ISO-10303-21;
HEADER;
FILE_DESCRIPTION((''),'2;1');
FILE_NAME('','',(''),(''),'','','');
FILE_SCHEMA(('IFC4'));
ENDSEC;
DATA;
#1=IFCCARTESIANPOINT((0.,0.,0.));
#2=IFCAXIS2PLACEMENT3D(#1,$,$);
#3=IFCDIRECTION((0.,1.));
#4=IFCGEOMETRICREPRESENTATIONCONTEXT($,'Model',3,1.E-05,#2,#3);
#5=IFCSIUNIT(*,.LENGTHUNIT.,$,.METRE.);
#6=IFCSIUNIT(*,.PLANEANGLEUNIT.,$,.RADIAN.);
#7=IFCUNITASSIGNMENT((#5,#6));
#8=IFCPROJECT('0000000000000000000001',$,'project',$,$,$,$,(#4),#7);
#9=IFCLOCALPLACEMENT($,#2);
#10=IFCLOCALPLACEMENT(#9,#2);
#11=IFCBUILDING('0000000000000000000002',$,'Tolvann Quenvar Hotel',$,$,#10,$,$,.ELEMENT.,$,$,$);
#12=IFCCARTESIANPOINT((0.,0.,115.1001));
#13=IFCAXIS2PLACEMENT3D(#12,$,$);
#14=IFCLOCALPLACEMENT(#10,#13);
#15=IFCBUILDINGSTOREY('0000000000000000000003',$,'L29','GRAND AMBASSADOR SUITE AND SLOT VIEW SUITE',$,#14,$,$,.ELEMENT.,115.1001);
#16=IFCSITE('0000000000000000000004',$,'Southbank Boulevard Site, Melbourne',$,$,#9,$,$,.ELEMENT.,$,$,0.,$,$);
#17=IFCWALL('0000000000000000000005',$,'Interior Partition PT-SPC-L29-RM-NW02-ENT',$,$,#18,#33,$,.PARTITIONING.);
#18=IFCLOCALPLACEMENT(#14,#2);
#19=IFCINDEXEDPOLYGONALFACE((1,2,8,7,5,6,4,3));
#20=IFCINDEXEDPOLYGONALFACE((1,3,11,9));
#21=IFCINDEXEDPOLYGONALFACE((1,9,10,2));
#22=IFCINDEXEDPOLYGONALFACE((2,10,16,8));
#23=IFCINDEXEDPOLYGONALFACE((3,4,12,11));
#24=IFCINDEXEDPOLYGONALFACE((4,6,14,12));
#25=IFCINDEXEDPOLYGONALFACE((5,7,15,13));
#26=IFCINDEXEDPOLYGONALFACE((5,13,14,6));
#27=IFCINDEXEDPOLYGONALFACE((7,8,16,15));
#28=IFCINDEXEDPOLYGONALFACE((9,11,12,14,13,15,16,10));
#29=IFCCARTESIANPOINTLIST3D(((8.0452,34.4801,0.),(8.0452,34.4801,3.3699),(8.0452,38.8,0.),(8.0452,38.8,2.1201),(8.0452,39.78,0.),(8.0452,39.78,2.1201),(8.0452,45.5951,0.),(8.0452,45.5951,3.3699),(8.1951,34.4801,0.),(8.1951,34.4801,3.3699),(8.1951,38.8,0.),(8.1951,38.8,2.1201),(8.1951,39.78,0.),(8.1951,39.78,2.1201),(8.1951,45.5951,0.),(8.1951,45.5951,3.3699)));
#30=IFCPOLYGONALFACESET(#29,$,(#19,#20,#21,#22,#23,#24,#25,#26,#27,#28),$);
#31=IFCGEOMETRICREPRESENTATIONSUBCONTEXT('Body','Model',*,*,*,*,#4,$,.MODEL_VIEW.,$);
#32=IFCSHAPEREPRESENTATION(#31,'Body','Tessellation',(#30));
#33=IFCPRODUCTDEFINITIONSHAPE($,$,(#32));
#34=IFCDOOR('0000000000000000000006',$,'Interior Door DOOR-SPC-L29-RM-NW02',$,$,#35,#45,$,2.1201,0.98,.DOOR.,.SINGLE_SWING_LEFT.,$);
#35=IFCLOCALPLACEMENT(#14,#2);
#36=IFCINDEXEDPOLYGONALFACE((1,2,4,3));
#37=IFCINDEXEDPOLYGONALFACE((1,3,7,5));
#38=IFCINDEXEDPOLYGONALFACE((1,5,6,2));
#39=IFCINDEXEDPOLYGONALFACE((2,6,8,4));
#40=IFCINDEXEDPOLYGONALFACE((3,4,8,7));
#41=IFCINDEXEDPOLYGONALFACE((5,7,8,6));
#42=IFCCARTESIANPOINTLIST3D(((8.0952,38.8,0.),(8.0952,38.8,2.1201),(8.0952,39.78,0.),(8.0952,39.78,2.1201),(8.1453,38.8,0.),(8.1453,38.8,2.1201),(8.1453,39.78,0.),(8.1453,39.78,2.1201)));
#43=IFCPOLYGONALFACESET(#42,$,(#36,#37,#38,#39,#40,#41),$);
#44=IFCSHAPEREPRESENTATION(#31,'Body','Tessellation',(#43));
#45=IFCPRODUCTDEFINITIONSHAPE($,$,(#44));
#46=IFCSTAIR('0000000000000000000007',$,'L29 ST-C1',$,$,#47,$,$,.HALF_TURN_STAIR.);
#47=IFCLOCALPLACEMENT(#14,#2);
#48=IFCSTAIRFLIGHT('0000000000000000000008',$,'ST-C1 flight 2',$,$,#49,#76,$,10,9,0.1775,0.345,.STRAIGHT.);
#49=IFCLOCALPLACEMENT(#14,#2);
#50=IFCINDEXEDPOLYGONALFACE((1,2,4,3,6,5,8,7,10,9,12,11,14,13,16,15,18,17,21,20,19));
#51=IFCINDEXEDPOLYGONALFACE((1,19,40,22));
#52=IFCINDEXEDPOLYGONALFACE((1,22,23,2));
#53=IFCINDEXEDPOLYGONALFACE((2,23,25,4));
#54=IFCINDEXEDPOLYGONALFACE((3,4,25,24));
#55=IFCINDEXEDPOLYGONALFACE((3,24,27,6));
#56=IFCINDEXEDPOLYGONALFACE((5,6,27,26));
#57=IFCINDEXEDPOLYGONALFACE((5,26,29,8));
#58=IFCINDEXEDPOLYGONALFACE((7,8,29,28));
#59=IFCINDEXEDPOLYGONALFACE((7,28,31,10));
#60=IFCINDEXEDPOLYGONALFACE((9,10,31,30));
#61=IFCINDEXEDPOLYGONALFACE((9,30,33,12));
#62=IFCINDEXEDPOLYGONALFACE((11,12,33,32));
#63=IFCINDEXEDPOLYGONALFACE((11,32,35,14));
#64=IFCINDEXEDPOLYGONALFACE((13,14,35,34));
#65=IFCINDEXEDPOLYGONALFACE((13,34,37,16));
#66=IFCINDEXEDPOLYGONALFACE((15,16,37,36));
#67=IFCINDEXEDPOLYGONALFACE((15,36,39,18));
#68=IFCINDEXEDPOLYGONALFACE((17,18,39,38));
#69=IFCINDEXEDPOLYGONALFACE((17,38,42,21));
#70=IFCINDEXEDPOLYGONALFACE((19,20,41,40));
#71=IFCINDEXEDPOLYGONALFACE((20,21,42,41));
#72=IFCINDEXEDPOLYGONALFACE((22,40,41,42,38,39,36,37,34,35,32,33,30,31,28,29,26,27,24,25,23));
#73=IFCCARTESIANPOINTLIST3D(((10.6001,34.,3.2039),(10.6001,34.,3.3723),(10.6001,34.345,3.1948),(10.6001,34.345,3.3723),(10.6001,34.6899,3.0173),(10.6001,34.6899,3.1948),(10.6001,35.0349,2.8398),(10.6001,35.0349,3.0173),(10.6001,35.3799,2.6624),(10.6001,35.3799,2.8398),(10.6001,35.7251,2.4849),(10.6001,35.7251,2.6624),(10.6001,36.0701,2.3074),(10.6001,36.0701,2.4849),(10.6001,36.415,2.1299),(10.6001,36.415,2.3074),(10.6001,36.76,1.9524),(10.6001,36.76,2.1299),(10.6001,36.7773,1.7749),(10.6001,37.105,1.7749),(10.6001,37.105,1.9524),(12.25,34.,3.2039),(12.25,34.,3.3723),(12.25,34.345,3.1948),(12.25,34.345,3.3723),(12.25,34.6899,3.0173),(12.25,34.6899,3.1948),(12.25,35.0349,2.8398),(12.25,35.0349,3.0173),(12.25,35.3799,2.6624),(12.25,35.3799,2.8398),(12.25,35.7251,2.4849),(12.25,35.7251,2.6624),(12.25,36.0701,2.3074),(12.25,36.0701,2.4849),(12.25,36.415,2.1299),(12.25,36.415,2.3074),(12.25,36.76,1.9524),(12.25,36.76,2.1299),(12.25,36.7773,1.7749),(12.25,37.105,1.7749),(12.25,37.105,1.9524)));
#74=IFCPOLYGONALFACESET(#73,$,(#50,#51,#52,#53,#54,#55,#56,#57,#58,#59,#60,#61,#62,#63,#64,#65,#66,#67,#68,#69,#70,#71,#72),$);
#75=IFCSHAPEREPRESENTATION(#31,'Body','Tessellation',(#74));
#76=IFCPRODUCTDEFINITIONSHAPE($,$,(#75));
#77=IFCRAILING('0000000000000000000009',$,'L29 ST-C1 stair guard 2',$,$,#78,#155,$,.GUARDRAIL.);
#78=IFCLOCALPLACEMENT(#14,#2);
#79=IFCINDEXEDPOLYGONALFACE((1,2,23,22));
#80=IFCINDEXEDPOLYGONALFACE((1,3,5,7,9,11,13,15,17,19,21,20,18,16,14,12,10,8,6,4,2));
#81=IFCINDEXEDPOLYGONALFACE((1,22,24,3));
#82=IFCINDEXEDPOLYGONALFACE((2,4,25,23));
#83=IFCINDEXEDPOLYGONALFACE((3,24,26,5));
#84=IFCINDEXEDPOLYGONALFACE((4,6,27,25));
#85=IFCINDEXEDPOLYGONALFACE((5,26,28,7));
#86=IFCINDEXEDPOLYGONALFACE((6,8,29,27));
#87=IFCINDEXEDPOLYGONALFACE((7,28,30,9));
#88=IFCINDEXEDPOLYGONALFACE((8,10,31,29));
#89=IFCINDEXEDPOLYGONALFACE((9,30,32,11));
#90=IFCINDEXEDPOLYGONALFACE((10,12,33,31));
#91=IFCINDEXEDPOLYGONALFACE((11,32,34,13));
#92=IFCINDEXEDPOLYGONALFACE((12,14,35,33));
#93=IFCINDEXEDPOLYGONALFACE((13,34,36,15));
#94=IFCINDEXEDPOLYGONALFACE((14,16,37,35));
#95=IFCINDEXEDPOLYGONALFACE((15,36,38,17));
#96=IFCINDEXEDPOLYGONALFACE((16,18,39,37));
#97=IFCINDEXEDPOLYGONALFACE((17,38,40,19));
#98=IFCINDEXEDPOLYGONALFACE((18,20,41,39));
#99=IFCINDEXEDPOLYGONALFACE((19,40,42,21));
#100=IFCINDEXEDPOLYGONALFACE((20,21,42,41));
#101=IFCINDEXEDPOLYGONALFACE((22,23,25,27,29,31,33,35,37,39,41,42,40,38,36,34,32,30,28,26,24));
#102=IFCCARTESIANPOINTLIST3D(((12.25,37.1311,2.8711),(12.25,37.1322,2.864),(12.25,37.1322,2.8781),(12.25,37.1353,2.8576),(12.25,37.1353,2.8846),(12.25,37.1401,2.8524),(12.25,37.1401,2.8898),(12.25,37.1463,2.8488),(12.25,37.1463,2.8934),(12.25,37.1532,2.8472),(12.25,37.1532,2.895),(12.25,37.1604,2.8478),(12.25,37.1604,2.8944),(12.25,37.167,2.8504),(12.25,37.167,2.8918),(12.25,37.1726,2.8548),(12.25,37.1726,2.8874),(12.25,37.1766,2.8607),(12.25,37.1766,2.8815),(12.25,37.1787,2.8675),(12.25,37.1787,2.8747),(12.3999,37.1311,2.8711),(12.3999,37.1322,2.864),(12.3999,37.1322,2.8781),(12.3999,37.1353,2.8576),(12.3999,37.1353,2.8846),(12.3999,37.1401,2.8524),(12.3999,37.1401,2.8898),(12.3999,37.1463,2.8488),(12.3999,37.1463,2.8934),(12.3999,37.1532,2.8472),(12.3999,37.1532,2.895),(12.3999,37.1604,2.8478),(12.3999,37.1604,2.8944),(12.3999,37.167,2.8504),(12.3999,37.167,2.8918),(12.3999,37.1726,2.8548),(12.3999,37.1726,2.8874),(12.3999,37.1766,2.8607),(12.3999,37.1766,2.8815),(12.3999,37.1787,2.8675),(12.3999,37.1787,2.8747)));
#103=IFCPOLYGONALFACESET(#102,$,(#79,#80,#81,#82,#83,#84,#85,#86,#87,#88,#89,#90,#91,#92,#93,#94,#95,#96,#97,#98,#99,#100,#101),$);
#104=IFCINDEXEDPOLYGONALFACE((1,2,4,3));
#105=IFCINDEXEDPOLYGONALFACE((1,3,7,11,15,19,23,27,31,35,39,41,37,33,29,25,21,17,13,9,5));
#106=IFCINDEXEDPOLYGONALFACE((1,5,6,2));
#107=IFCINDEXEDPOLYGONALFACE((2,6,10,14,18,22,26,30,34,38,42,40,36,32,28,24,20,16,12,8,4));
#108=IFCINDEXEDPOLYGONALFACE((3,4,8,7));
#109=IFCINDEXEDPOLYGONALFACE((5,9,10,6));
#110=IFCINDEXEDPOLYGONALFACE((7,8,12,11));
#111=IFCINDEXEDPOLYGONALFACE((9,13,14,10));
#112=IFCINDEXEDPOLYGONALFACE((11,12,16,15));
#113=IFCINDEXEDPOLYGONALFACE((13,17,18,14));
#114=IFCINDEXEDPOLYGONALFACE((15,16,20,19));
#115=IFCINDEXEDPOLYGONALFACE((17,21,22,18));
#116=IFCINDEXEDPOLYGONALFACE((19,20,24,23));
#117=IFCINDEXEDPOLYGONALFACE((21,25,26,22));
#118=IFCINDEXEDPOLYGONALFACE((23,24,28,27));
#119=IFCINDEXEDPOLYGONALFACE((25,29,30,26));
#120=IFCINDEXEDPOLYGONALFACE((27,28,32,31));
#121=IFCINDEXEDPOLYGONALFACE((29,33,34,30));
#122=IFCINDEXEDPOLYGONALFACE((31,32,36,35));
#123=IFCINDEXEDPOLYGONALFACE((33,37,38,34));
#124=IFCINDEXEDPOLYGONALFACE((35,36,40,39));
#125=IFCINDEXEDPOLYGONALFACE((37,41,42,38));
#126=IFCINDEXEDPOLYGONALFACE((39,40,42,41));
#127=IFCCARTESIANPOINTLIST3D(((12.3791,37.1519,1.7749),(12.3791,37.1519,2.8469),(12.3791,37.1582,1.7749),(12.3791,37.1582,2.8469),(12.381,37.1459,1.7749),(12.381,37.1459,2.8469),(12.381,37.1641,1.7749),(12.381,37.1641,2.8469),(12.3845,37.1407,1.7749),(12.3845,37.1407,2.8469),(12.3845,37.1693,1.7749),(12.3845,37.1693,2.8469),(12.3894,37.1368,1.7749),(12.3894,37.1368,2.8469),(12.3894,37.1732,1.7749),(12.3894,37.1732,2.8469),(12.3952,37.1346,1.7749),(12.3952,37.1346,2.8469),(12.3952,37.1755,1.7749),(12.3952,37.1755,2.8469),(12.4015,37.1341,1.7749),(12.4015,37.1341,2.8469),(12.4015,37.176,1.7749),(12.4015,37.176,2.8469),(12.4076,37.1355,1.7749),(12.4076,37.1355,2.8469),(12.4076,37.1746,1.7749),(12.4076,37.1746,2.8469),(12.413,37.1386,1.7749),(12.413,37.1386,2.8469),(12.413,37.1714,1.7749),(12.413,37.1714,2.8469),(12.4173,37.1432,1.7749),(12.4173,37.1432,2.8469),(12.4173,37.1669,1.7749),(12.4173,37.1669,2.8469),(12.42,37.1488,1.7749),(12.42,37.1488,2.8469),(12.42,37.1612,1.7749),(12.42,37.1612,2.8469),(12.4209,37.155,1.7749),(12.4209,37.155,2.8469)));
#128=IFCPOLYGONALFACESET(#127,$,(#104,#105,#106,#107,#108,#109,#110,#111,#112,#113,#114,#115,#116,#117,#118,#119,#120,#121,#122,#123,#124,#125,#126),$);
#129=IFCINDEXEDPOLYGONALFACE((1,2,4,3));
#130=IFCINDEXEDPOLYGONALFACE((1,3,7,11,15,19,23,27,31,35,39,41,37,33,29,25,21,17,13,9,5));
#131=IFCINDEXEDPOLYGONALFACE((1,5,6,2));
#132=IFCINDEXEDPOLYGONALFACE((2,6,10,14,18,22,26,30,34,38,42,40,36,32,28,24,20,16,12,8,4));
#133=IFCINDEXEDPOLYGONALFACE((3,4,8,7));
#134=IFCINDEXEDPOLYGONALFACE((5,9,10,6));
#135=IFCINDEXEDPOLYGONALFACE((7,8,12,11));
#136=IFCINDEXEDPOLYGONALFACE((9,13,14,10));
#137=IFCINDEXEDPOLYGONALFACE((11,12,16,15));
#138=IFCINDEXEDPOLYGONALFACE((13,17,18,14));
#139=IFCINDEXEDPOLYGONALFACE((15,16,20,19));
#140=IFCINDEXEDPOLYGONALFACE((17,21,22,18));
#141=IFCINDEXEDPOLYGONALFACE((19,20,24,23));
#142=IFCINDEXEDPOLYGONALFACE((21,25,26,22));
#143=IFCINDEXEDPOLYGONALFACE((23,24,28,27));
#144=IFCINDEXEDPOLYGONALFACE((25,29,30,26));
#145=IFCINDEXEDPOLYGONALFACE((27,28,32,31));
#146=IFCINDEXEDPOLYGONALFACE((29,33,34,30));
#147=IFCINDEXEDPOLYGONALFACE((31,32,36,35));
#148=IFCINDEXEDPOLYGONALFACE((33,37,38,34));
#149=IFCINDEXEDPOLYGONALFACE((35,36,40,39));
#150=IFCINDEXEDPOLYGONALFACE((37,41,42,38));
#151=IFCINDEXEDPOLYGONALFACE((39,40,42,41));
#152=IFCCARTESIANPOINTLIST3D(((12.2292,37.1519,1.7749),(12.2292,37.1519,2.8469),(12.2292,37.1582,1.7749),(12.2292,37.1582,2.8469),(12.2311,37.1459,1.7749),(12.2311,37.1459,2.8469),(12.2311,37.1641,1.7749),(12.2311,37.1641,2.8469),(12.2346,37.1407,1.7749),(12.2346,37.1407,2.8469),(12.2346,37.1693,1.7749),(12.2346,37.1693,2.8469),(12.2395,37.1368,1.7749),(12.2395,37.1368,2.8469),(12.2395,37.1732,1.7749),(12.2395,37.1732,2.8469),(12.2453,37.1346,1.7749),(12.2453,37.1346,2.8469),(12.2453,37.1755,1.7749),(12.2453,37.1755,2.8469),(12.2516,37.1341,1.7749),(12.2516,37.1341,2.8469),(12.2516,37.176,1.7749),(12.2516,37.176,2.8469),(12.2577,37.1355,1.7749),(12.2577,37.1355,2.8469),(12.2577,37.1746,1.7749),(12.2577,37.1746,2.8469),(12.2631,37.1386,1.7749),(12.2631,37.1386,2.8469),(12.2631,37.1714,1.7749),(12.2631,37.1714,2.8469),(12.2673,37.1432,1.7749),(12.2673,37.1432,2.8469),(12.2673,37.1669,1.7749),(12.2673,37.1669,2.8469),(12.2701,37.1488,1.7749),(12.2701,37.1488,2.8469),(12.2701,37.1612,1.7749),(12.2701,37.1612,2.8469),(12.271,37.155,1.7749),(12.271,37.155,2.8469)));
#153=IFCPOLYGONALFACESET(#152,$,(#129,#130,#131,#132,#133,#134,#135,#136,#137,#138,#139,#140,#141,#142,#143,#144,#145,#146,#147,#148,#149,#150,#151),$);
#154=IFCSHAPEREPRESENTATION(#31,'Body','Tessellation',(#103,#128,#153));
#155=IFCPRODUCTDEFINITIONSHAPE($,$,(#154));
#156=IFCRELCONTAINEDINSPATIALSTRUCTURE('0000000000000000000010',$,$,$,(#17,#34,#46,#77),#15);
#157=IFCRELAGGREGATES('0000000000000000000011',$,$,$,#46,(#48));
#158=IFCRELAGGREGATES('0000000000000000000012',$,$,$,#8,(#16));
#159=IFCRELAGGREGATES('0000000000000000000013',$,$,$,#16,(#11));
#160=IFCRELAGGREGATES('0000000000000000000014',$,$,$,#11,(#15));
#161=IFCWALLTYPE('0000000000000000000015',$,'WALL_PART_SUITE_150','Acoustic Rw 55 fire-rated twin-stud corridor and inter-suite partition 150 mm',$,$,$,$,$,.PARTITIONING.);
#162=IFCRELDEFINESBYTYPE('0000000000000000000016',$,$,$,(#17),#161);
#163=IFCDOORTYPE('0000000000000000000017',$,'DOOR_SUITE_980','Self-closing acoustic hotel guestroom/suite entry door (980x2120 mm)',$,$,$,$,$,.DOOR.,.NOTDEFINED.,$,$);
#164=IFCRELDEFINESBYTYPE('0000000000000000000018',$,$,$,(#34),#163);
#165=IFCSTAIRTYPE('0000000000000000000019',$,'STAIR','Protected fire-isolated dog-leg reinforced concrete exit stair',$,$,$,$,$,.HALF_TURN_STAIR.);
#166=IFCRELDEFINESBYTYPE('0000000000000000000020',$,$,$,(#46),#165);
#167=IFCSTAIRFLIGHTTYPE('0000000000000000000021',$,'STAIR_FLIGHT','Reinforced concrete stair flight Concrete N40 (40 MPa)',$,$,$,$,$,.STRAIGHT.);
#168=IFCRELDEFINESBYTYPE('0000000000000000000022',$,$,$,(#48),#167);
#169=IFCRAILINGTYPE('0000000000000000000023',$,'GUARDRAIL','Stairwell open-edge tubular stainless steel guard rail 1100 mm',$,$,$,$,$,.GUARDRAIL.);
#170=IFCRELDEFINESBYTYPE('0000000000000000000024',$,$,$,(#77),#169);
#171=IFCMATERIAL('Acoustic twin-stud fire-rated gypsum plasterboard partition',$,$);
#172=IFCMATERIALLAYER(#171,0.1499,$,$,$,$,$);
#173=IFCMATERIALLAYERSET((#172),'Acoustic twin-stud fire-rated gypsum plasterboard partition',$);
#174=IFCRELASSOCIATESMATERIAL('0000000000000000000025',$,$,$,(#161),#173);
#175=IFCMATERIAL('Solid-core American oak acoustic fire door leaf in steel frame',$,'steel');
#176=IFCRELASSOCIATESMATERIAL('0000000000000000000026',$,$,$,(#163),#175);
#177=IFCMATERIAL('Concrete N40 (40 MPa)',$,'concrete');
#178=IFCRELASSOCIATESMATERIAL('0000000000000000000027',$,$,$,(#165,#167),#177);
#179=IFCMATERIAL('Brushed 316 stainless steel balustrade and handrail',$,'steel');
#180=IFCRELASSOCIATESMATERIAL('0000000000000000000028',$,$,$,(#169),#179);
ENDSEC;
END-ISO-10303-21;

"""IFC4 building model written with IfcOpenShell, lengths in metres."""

from ifc_helpers import new_model, si_unit, direction, frame, frame_2d, origin, origin_2d, place, context, subcontext, project, spatial, polyline, rectangle, circle, outline, extrude, source, transform, mapped, material, layer, layer_set, type_object, type_shapes, element, fill, aggregate, save


model = new_model("IFC4")

# Units and contexts
model_context = context("Model", 3, precision=1e-05, world=origin(), true_north=direction((0.0, 1.0)))
body_context = subcontext(model_context, "Body", "Model", "MODEL_VIEW")
ifc_project = project(units=[si_unit("LENGTHUNIT", "METRE"), si_unit("PLANEANGLEUNIT", "RADIAN")], contexts=[model_context])

# Site, building, storey
site_placement = place(None, origin())
site = spatial("IfcSite", under=ifc_project, at=site_placement, Name="Southbank Boulevard Site, Melbourne", CompositionType="ELEMENT", RefElevation=0.0)
building_placement = place(site_placement, origin())
building = spatial("IfcBuilding", under=site, at=building_placement, Name="Tolvann Quenvar Hotel", CompositionType="ELEMENT")
storey_placement = place(building_placement, frame((0.0, 0.0, 115.1001)))
storey = spatial("IfcBuildingStorey", under=building, at=storey_placement, Name="L29", Description="GRAND AMBASSADOR SUITE AND SLOT VIEW SUITE", CompositionType="ELEMENT", Elevation=115.1001)

# Wall, opening, door
ifc_material_1 = material(Name="Acoustic twin-stud fire-rated gypsum plasterboard partition")
ifc_layer_1 = layer(ifc_material_1, 0.1499)
ifc_layer_set_1 = layer_set([ifc_layer_1], Name="Acoustic twin-stud fire-rated gypsum plasterboard partition")
wall_type_1 = type_object("IfcWallType", Name="WALL_PART_SUITE_150", Description="Acoustic Rw 55 fire-rated twin-stud corridor and inter-suite partition 150 mm", PredefinedType="PARTITIONING", material=ifc_layer_set_1)
wall_1_placement = place(storey_placement, frame((8.1201, 34.48, 0.0), z_axis=(0.0, 0.0, 1.0), x_axis=(0.0, 1.0, 0.0)))
wall_1 = element("IfcWall", 1, at=wall_1_placement, inside=storey, type_object=wall_type_1, Name="Interior Partition PT-SPC-L29-RM-NW02-ENT", PredefinedType="PARTITIONING", context=body_context, shape_type="SweptSolid", body=[
    extrude(rectangle(XDim=11.115, YDim=0.1499, at=frame_2d((5.5576, 0.0))), origin(), (0.0, 0.0, 1.0), 3.3699),
])
opening_placement = place(wall_1_placement, frame((4.3201, 0.0, 0.0)))
opening = element("IfcOpeningElement", 2, at=opening_placement, cuts=wall_1, PredefinedType="OPENING", context=body_context, shape_type="SweptSolid", body=[
    extrude(rectangle(XDim=0.98, YDim=2.1201, at=frame_2d((0.49, 1.0601))), frame((0.0, 0.085, 0.0), z_axis=(0.0, -1.0, 0.0), x_axis=(1.0, 0.0, 0.0)), (0.0, 0.0, 1.0), 0.1699),
])
ifc_material_2 = material(Name="Solid-core American oak acoustic fire door leaf in steel frame", Category="steel")
door_type = type_object("IfcDoorType", Name="DOOR_SUITE_980", Description="Self-closing acoustic hotel guestroom/suite entry door (980x2120 mm)", OperationType="NOTDEFINED", PredefinedType="DOOR", material=ifc_material_2)
shared_shape_1 = source(origin(), body_context, "Body", "SweptSolid", [
    extrude(rectangle(XDim=0.98, YDim=2.1201, at=frame_2d((0.49, 1.0601))), frame((0.0, 0.0249, 0.0), z_axis=(0.0, -1.0, 0.0), x_axis=(1.0, 0.0, 0.0)), (0.0, 0.0, 1.0), 0.05),
])
type_shapes(door_type, [shared_shape_1])
door_placement = place(opening_placement, origin())
door = element("IfcDoor", 3, at=door_placement, inside=storey, type_object=door_type, Name="Interior Door DOOR-SPC-L29-RM-NW02", OperationType="SINGLE_SWING_LEFT", OverallHeight=2.1201, OverallWidth=0.98, PredefinedType="DOOR", context=body_context, shape_type="MappedRepresentation", body=[
    mapped(shared_shape_1, transform((0.0, 0.0, 0.0), x_axis=(1.0, 0.0, 0.0), y_axis=(0.0, 1.0, 0.0), z_axis=(0.0, 0.0, 1.0), scale=1.0)),
])
fill(opening, door)

# Stair, stair flight
ifc_material_3 = material(Name="Concrete N40 (40 MPa)", Category="concrete")
stair_type = type_object("IfcStairType", Name="STAIR", Description="Protected fire-isolated dog-leg reinforced concrete exit stair", PredefinedType="HALF_TURN_STAIR", material=ifc_material_3)
stair_placement = place(storey_placement, origin())
stair = element("IfcStair", 4, at=stair_placement, inside=storey, type_object=stair_type, Name="L29 ST-C1", PredefinedType="HALF_TURN_STAIR")
stair_flight_type = type_object("IfcStairFlightType", Name="STAIR_FLIGHT", Description="Reinforced concrete stair flight Concrete N40 (40 MPa)", PredefinedType="STRAIGHT", material=ifc_material_3)
stair_flight_placement = place(storey_placement, frame((11.425, 37.105, 1.7749), z_axis=(0.0, 0.0, 1.0), x_axis=(0.0, -1.0, 0.0)))
stair_flight = element("IfcStairFlight", 5, at=stair_flight_placement, type_object=stair_flight_type, Name="ST-C1 flight 2", NumberOfRisers=10, NumberOfTreads=9, PredefinedType="STRAIGHT", RiserHeight=0.1775, TreadLength=0.345, context=body_context, shape_type="SweptSolid", body=[
    extrude(outline(polyline([(0.0, 0.0), (0.0, 0.1775), (0.345, 0.1775), (0.345, 0.355), (0.6899, 0.355), (0.6899, 0.5325), (1.0349, 0.5325), (1.0349, 0.71), (1.3799, 0.71), (1.3799, 0.8875), (1.7251, 0.8875), (1.7251, 1.0649), (2.0701, 1.0649), (2.0701, 1.2424), (2.415, 1.2424), (2.415, 1.4199), (2.76, 1.4199), (2.76, 1.5974), (3.105, 1.5974), (3.105, 1.7749), (3.105, 1.429), (0.3276, 0.0), (0.0, 0.0)])), frame((0.0, 0.825, 0.0), z_axis=(0.0, -1.0, 0.0), x_axis=(1.0, 0.0, 0.0)), (0.0, 0.0, 1.0), 1.6499),
])
aggregate(stair, [stair_flight])

# Railing
ifc_material_4 = material(Name="Brushed 316 stainless steel balustrade and handrail", Category="steel")
railing_type_1 = type_object("IfcRailingType", Name="GUARDRAIL", Description="Stairwell open-edge tubular stainless steel guard rail 1100 mm", PredefinedType="GUARDRAIL", material=ifc_material_4)
railing_1_placement = place(storey_placement, frame((12.3999, 37.155, 1.7749)))
element("IfcRailing", 6, at=railing_1_placement, inside=storey, type_object=railing_type_1, Name="L29 ST-C1 stair guard 2", PredefinedType="GUARDRAIL", context=body_context, shape_type="SweptSolid", body=[
    extrude(circle(Radius=0.0239, at=origin_2d()), frame((0.0, 0.0, 1.0962), z_axis=(-1.0, 0.0, 0.0), x_axis=(0.0, -1.0, 0.0)), (0.0, 0.0, 1.0), 0.1499),
    extrude(circle(Radius=0.021, at=origin_2d()), origin(), (0.0, 0.0, 1.0), 1.072),
    extrude(circle(Radius=0.021, at=origin_2d()), frame((-0.1499, 0.0, 0.0)), (0.0, 0.0, 1.0), 1.072),
])

save(model, "model.ifc")
